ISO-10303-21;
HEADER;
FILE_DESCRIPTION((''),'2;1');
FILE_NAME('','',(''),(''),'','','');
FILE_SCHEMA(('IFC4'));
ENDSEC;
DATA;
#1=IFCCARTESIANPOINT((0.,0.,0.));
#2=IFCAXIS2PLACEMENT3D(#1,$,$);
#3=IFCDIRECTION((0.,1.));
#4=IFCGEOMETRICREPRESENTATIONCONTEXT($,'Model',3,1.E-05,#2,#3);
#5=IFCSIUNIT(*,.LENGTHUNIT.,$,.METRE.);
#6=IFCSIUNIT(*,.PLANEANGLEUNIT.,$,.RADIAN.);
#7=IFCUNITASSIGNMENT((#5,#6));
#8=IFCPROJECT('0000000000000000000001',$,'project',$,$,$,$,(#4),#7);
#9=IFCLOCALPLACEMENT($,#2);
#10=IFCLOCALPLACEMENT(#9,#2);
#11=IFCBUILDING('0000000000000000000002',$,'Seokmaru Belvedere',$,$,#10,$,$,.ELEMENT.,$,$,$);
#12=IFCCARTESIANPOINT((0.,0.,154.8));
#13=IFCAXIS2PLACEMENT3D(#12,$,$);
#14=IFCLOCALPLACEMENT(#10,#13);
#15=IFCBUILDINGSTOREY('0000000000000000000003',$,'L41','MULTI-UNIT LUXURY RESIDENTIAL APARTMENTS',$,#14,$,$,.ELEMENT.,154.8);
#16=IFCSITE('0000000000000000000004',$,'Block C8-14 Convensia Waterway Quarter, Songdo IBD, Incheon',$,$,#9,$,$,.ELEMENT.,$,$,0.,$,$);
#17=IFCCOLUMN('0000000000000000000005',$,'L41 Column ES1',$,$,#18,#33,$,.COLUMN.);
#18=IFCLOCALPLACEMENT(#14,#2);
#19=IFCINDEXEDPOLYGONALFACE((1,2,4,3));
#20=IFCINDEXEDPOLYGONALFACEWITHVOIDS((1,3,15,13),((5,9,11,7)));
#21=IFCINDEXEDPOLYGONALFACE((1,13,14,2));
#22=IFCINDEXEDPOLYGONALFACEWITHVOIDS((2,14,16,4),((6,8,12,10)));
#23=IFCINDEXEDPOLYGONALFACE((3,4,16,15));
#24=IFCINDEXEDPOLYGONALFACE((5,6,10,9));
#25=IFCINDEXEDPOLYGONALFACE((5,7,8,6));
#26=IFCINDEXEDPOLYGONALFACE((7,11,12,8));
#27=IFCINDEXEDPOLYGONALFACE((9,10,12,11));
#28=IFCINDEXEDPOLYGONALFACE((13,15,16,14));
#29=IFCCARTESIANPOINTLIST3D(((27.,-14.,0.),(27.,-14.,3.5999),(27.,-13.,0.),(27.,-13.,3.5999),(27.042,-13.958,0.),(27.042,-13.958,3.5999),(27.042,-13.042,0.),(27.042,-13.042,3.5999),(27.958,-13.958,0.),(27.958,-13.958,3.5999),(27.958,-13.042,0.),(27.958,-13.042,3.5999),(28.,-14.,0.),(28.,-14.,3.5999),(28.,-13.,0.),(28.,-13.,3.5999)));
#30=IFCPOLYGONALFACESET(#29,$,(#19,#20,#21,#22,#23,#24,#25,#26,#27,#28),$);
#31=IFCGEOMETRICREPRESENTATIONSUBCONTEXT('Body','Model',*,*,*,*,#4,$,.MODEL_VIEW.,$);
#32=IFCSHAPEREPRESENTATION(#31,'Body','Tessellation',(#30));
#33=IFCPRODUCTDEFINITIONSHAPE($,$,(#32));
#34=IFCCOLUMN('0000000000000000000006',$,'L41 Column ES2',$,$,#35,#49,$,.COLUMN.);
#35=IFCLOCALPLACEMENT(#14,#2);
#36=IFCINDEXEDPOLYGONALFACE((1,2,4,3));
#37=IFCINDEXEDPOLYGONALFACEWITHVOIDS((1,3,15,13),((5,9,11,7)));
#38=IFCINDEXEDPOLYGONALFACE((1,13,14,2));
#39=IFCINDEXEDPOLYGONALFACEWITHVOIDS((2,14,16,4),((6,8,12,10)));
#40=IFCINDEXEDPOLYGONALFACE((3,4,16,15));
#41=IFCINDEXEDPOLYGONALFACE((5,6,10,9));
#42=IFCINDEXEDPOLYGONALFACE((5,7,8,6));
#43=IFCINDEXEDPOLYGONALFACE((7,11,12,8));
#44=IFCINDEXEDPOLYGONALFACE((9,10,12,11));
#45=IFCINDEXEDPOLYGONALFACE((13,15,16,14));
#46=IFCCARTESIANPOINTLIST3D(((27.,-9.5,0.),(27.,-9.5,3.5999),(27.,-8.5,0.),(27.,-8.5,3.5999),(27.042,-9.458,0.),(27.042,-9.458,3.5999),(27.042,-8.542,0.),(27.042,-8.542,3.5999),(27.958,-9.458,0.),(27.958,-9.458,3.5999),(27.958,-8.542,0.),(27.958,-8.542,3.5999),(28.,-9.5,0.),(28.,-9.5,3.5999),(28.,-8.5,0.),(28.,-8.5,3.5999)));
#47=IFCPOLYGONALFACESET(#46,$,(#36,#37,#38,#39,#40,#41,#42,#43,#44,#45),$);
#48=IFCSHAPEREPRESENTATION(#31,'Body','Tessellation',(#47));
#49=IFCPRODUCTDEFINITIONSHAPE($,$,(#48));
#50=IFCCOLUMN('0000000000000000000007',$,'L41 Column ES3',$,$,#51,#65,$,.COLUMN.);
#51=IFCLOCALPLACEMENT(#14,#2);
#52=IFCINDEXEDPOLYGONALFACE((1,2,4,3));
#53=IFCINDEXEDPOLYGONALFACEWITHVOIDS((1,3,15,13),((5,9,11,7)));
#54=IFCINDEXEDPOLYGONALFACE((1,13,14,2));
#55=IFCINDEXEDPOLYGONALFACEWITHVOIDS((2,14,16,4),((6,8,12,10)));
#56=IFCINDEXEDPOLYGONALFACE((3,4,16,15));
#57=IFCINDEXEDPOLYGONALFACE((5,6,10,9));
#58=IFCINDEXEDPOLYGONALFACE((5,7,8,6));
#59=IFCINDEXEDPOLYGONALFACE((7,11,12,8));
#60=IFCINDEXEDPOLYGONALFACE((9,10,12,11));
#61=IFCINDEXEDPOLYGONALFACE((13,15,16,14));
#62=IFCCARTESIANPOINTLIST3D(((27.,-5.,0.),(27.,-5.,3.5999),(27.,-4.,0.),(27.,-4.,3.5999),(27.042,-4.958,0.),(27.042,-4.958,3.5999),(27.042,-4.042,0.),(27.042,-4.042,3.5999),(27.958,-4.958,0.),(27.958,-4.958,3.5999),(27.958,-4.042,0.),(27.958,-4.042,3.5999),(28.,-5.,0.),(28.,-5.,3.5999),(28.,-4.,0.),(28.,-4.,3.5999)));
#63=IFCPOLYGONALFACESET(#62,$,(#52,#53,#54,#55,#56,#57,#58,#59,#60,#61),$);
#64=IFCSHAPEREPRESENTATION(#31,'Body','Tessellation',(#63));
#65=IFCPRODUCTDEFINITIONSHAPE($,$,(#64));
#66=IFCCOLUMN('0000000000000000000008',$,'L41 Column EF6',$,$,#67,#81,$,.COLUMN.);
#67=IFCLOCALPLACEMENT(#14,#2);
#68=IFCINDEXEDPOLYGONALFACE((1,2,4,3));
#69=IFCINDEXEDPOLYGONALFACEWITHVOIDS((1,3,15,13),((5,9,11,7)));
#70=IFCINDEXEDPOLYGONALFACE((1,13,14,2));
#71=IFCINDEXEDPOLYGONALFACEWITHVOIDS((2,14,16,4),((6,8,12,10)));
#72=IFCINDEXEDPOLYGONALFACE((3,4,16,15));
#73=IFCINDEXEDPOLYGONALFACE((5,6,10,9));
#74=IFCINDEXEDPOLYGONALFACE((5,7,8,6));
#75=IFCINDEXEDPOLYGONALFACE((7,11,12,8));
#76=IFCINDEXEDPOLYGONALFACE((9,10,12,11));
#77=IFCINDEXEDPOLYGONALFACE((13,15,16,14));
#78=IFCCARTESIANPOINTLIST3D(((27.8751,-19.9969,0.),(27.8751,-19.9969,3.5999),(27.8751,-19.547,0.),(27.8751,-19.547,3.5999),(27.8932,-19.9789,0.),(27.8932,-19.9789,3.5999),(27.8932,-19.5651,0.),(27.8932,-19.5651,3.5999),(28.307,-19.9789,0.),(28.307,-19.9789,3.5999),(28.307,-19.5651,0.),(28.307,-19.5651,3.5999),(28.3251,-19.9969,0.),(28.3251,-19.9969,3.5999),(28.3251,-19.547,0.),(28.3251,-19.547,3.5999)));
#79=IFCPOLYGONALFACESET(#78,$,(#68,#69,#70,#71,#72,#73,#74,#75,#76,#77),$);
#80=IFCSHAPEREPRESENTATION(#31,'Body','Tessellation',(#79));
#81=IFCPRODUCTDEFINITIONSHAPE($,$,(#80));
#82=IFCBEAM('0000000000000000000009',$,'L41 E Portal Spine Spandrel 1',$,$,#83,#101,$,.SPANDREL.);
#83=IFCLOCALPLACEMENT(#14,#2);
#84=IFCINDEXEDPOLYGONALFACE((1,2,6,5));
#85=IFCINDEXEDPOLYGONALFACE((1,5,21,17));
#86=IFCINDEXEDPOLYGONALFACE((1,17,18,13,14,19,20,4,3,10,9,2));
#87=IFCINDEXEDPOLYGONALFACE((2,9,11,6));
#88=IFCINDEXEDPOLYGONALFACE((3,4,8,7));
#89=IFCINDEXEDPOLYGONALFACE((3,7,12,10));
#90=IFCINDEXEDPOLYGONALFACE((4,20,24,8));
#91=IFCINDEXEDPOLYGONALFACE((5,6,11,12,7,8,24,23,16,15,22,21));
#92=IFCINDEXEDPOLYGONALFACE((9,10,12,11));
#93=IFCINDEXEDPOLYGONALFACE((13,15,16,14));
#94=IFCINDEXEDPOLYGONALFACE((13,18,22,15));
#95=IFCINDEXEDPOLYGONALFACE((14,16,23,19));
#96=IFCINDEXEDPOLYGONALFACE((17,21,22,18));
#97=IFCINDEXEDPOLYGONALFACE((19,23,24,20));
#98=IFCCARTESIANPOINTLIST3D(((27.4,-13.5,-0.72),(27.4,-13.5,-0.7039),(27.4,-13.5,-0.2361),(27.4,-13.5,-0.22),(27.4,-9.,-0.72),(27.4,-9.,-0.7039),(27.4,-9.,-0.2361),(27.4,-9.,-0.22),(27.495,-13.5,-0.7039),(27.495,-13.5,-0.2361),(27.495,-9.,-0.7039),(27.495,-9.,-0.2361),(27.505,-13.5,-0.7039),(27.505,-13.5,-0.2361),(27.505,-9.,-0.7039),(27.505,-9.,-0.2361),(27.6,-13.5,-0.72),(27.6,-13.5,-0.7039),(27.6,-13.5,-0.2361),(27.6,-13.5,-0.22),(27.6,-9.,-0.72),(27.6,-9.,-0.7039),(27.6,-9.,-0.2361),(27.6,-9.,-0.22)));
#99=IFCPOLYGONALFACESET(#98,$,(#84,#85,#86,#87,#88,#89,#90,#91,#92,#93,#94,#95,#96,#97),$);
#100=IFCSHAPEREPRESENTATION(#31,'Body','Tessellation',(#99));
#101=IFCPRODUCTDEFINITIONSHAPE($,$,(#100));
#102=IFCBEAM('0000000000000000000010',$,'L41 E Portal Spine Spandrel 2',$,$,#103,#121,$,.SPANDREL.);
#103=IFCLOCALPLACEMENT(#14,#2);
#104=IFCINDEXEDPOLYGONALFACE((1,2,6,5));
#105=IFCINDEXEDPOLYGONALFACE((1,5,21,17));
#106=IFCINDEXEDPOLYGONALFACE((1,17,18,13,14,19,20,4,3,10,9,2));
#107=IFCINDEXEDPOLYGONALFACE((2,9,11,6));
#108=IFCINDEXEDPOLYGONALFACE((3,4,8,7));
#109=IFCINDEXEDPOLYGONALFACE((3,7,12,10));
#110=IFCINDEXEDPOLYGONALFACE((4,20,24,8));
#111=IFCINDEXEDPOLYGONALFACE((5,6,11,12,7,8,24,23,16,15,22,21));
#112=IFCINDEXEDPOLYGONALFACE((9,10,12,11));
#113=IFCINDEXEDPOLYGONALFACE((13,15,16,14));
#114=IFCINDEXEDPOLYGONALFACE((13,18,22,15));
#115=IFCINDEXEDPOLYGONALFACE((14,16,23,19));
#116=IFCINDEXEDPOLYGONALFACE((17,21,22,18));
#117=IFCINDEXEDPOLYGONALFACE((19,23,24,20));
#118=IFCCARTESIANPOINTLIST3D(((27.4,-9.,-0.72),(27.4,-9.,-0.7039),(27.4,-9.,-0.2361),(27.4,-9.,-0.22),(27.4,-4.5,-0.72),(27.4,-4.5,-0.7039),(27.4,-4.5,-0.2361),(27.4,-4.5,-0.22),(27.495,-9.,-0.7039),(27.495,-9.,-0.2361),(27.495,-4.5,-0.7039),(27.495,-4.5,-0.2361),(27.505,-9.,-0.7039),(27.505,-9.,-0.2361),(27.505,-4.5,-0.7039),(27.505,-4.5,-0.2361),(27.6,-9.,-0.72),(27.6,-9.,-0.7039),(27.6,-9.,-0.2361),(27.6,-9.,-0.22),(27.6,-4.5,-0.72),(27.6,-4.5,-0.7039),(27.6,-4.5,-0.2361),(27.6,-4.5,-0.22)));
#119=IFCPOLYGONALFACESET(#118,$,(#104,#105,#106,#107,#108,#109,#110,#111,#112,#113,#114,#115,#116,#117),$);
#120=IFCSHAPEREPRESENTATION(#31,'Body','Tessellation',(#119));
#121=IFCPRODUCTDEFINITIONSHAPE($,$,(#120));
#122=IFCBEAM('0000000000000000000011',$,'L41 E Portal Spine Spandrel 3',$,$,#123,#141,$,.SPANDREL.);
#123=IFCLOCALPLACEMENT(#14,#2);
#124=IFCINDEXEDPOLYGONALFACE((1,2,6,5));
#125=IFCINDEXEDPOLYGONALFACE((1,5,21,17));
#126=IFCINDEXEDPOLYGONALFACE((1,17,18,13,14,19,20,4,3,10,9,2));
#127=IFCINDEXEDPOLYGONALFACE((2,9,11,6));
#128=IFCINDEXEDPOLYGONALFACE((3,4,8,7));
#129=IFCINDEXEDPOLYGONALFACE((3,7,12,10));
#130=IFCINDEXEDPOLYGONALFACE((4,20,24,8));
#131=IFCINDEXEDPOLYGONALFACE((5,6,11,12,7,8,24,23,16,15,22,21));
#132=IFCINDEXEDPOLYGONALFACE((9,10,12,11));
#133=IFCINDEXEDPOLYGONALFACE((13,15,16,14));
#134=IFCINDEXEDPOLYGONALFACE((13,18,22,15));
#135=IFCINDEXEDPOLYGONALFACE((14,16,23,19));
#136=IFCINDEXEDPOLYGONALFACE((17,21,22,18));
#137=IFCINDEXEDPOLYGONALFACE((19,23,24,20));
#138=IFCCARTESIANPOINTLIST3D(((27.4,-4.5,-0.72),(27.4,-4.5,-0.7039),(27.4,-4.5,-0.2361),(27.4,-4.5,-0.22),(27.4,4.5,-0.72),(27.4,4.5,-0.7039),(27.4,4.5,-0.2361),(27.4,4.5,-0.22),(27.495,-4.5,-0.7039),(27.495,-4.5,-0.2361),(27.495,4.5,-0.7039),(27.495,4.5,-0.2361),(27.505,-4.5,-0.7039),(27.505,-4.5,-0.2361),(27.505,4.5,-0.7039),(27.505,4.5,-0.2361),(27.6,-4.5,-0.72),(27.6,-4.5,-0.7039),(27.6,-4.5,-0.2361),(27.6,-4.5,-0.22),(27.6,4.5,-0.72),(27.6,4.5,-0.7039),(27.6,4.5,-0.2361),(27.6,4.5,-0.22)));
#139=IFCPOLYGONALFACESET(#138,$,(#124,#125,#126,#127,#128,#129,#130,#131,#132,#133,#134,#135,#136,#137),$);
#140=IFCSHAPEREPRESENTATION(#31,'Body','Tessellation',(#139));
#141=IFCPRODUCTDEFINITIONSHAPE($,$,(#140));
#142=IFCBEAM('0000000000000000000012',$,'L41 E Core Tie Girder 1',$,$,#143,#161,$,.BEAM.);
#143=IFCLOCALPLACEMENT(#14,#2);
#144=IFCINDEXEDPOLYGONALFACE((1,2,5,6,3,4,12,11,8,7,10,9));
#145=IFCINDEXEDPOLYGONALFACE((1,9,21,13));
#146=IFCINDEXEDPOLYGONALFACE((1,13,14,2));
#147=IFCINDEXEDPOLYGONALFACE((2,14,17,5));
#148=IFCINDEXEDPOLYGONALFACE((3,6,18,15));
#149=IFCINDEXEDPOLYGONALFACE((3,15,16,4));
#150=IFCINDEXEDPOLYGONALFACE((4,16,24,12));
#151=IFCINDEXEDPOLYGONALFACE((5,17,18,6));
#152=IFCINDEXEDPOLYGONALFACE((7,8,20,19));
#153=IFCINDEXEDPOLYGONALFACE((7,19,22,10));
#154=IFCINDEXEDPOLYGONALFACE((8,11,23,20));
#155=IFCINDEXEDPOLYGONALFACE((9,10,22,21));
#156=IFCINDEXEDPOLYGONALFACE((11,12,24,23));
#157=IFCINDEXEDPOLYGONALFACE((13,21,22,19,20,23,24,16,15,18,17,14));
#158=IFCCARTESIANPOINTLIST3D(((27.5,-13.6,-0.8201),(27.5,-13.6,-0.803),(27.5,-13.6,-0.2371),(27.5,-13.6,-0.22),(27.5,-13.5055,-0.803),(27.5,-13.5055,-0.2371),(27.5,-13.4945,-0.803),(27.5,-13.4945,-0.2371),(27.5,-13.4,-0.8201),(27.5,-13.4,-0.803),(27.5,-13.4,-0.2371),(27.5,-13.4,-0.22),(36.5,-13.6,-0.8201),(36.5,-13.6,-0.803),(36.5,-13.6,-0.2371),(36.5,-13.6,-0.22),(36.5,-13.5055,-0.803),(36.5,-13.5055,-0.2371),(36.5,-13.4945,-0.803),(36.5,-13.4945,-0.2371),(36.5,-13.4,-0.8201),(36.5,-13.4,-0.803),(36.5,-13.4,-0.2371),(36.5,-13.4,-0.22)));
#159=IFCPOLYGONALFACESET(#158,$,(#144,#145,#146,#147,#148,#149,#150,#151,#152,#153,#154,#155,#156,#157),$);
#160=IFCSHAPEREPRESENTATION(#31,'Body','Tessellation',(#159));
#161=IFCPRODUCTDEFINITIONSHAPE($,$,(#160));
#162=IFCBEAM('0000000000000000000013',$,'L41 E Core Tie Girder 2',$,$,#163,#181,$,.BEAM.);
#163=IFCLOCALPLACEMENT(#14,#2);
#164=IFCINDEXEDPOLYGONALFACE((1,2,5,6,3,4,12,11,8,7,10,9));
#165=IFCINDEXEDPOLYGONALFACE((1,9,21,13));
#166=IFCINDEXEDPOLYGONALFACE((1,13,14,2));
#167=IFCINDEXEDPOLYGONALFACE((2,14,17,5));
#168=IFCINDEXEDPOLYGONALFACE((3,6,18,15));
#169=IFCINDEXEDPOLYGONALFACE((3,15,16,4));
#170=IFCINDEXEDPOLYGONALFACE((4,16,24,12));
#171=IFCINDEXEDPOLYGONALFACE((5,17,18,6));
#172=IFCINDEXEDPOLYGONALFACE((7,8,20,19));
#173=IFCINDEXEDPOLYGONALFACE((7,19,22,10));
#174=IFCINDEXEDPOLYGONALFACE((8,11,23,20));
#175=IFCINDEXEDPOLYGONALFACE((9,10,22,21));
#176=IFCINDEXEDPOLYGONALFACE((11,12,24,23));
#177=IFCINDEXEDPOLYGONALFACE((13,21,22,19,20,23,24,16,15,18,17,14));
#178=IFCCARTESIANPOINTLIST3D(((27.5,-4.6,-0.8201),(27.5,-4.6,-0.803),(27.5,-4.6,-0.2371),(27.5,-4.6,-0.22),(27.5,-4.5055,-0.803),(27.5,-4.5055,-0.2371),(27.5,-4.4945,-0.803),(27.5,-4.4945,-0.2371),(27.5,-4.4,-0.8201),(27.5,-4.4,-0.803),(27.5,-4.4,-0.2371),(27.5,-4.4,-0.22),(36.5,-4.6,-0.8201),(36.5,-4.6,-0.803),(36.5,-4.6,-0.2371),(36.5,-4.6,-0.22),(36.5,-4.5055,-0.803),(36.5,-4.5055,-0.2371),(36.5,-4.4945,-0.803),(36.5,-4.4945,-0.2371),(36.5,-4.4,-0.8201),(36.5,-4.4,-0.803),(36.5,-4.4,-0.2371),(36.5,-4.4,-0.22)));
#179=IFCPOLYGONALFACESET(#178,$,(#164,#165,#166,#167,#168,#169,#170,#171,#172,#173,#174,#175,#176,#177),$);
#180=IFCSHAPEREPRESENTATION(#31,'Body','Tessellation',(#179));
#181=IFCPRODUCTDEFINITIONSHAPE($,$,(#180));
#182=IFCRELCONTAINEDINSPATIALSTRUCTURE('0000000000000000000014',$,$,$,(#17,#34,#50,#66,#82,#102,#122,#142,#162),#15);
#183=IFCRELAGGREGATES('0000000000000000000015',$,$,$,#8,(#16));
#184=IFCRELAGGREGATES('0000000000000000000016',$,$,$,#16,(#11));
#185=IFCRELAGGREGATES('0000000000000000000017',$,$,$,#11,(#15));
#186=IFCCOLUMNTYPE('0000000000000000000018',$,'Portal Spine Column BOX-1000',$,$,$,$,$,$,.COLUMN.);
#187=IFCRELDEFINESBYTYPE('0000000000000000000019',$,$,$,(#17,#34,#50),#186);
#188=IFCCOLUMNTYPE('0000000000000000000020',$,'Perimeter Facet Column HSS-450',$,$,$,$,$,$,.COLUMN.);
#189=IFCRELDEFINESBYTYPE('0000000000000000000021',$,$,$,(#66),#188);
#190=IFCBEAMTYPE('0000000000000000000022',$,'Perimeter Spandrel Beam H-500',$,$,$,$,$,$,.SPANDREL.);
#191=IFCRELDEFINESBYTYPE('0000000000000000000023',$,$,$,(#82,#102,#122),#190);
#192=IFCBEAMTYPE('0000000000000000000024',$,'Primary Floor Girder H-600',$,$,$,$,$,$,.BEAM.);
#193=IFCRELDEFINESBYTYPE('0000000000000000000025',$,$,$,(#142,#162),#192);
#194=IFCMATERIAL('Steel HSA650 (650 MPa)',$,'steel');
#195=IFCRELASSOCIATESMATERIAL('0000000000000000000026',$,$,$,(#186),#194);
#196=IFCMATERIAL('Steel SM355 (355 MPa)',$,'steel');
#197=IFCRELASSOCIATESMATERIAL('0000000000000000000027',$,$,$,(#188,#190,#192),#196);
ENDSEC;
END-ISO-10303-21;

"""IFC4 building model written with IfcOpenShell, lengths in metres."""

from ifc_helpers import new_model, si_unit, direction, frame, origin, origin_2d, place, context, subcontext, project, spatial, hollow_rectangle, i_section, extrude, source, transform, mapped, material, material_profile, profile_set, type_object, type_shapes, element, save


model = new_model("IFC4")

# Units and contexts
model_context = context("Model", 3, precision=1e-05, world=origin(), true_north=direction((0.0, 1.0)))
body_context = subcontext(model_context, "Body", "Model", "MODEL_VIEW")
ifc_project = project(units=[si_unit("LENGTHUNIT", "METRE"), si_unit("PLANEANGLEUNIT", "RADIAN")], contexts=[model_context])

# Site, building, storey
site_placement = place(None, origin())
site = spatial("IfcSite", under=ifc_project, at=site_placement, Name="Block C8-14 Convensia Waterway Quarter, Songdo IBD, Incheon", CompositionType="ELEMENT", RefElevation=0.0)
building_placement = place(site_placement, origin())
building = spatial("IfcBuilding", under=site, at=building_placement, Name="Seokmaru Belvedere", CompositionType="ELEMENT")
storey_placement = place(building_placement, frame((0.0, 0.0, 154.8)))
storey = spatial("IfcBuildingStorey", under=building, at=storey_placement, Name="L41", Description="MULTI-UNIT LUXURY RESIDENTIAL APARTMENTS", CompositionType="ELEMENT", Elevation=154.8)

# Columns
ifc_material_1 = material(Name="Steel HSA650 (650 MPa)", Category="steel")
ifc_material_profile_1 = material_profile(ifc_material_1, hollow_rectangle(XDim=1.0, YDim=1.0, WallThickness=0.042, at=origin_2d()), Name="BOX-1000x1000x42")
ifc_profile_set_1 = profile_set([ifc_material_profile_1], Name="Steel HSA650 (650 MPa)")
column_type_1 = type_object("IfcColumnType", Name="Portal Spine Column BOX-1000", PredefinedType="COLUMN", material=ifc_profile_set_1)
shared_shape_1 = source(origin(), body_context, "Body", "SweptSolid", [
    extrude(hollow_rectangle(XDim=1.0, YDim=1.0, WallThickness=0.042, at=origin_2d()), origin(), (0.0, 0.0, 1.0), 3.5999),
])
type_shapes(column_type_1, [shared_shape_1])
for number, where, z_axis, x_axis, name in (
    (1, (27.5, -13.5, 0.0), (0.0, 0.0, 1.0), (1.0, 0.0, 0.0), "L41 Column ES1"),
    (2, (27.5, -9.0, 0.0), (0.0, 0.0, 1.0), (1.0, 0.0, 0.0), "L41 Column ES2"),
    (3, (27.5, -4.5, 0.0), (0.0, 0.0, 1.0), (1.0, 0.0, 0.0), "L41 Column ES3"),
):
    element("IfcColumn", number, at=place(storey_placement, frame(where, z_axis=z_axis, x_axis=x_axis)), inside=storey, type_object=column_type_1, Name=name, PredefinedType="COLUMN", context=body_context, shape_type="MappedRepresentation", body=[
        mapped(shared_shape_1, transform((0.0, 0.0, 0.0), scale=1.0)),
    ])
ifc_material_2 = material(Name="Steel SM355 (355 MPa)", Category="steel")
ifc_material_profile_2 = material_profile(ifc_material_2, hollow_rectangle(XDim=0.45, YDim=0.45, WallThickness=0.0181, at=origin_2d()), Name="HSS-450x450x18")
ifc_profile_set_2 = profile_set([ifc_material_profile_2], Name="Steel SM355 (355 MPa)")
column_type_2 = type_object("IfcColumnType", Name="Perimeter Facet Column HSS-450", PredefinedType="COLUMN", material=ifc_profile_set_2)
shared_shape_2 = source(origin(), body_context, "Body", "SweptSolid", [
    extrude(hollow_rectangle(XDim=0.45, YDim=0.45, WallThickness=0.0181, at=origin_2d()), origin(), (0.0, 0.0, 1.0), 3.5999),
])
type_shapes(column_type_2, [shared_shape_2])
column_placement = place(storey_placement, frame((28.1001, -19.772, 0.0), z_axis=(0.0, 0.0, 1.0), x_axis=(1.0, 0.0, 0.0)))
element("IfcColumn", 4, at=column_placement, inside=storey, type_object=column_type_2, Name="L41 Column EF6", PredefinedType="COLUMN", context=body_context, shape_type="MappedRepresentation", body=[
    mapped(shared_shape_2, transform((0.0, 0.0, 0.0), scale=1.0)),
])

# Beams
ifc_material_profile_3 = material_profile(ifc_material_2, i_section(OverallWidth=0.2, OverallDepth=0.5, WebThickness=0.01, FlangeThickness=0.0161, at=origin_2d()), Name="H-500x200x10x16")
ifc_profile_set_3 = profile_set([ifc_material_profile_3], Name="Steel SM355 (355 MPa)")
beam_type_1 = type_object("IfcBeamType", Name="Perimeter Spandrel Beam H-500", PredefinedType="SPANDREL", material=ifc_profile_set_3)
shared_shape_3 = source(origin(), body_context, "Body", "SweptSolid", [
    extrude(i_section(OverallWidth=0.2, OverallDepth=0.5, WebThickness=0.01, FlangeThickness=0.0161, at=origin_2d()), origin(), (0.0, 0.0, 1.0), 4.5),
])
for number, where, z_axis, x_axis, name in (
    (5, (27.5, -13.5, -0.47), (0.0, 1.0, 0.0), (-1.0, 0.0, 0.0), "L41 E Portal Spine Spandrel 1"),
    (6, (27.5, -9.0, -0.47), (0.0, 1.0, 0.0), (-1.0, 0.0, 0.0), "L41 E Portal Spine Spandrel 2"),
):
    element("IfcBeam", number, at=place(storey_placement, frame(where, z_axis=z_axis, x_axis=x_axis)), inside=storey, type_object=beam_type_1, Name=name, PredefinedType="SPANDREL", context=body_context, shape_type="MappedRepresentation", body=[
        mapped(shared_shape_3, transform((0.0, 0.0, 0.0), scale=1.0)),
    ])
shared_shape_4 = source(origin(), body_context, "Body", "SweptSolid", [
    extrude(i_section(OverallWidth=0.2, OverallDepth=0.5, WebThickness=0.01, FlangeThickness=0.0161, at=origin_2d()), origin(), (0.0, 0.0, 1.0), 9.0),
])
beam_1_placement = place(storey_placement, frame((27.5, -4.5, -0.47), z_axis=(0.0, 1.0, 0.0), x_axis=(-1.0, 0.0, 0.0)))
element("IfcBeam", 7, at=beam_1_placement, inside=storey, type_object=beam_type_1, Name="L41 E Portal Spine Spandrel 3", PredefinedType="SPANDREL", context=body_context, shape_type="MappedRepresentation", body=[
    mapped(shared_shape_4, transform((0.0, 0.0, 0.0), scale=1.0)),
])
ifc_material_profile_4 = material_profile(ifc_material_2, i_section(OverallWidth=0.2, OverallDepth=0.6001, WebThickness=0.011, FlangeThickness=0.0171, at=origin_2d()), Name="H-600x200x11x17")
ifc_profile_set_4 = profile_set([ifc_material_profile_4], Name="Steel SM355 (355 MPa)")
beam_type_2 = type_object("IfcBeamType", Name="Primary Floor Girder H-600", PredefinedType="BEAM", material=ifc_profile_set_4)
shared_shape_5 = source(origin(), body_context, "Body", "SweptSolid", [
    extrude(i_section(OverallWidth=0.2, OverallDepth=0.6001, WebThickness=0.011, FlangeThickness=0.0171, at=origin_2d()), origin(), (0.0, 0.0, 1.0), 9.0),
])
type_shapes(beam_type_2, [shared_shape_5])
for number, where, z_axis, x_axis, name in (
    (8, (27.5, -13.5, -0.52), (1.0, 0.0, 0.0), (0.0, 1.0, 0.0), "L41 E Core Tie Girder 1"),
    (9, (27.5, -4.5, -0.52), (1.0, 0.0, 0.0), (0.0, 1.0, 0.0), "L41 E Core Tie Girder 2"),
):
    element("IfcBeam", number, at=place(storey_placement, frame(where, z_axis=z_axis, x_axis=x_axis)), inside=storey, type_object=beam_type_2, Name=name, PredefinedType="BEAM", context=body_context, shape_type="MappedRepresentation", body=[
        mapped(shared_shape_5, transform((0.0, 0.0, 0.0), scale=1.0)),
    ])

save(model, "model.ifc")
